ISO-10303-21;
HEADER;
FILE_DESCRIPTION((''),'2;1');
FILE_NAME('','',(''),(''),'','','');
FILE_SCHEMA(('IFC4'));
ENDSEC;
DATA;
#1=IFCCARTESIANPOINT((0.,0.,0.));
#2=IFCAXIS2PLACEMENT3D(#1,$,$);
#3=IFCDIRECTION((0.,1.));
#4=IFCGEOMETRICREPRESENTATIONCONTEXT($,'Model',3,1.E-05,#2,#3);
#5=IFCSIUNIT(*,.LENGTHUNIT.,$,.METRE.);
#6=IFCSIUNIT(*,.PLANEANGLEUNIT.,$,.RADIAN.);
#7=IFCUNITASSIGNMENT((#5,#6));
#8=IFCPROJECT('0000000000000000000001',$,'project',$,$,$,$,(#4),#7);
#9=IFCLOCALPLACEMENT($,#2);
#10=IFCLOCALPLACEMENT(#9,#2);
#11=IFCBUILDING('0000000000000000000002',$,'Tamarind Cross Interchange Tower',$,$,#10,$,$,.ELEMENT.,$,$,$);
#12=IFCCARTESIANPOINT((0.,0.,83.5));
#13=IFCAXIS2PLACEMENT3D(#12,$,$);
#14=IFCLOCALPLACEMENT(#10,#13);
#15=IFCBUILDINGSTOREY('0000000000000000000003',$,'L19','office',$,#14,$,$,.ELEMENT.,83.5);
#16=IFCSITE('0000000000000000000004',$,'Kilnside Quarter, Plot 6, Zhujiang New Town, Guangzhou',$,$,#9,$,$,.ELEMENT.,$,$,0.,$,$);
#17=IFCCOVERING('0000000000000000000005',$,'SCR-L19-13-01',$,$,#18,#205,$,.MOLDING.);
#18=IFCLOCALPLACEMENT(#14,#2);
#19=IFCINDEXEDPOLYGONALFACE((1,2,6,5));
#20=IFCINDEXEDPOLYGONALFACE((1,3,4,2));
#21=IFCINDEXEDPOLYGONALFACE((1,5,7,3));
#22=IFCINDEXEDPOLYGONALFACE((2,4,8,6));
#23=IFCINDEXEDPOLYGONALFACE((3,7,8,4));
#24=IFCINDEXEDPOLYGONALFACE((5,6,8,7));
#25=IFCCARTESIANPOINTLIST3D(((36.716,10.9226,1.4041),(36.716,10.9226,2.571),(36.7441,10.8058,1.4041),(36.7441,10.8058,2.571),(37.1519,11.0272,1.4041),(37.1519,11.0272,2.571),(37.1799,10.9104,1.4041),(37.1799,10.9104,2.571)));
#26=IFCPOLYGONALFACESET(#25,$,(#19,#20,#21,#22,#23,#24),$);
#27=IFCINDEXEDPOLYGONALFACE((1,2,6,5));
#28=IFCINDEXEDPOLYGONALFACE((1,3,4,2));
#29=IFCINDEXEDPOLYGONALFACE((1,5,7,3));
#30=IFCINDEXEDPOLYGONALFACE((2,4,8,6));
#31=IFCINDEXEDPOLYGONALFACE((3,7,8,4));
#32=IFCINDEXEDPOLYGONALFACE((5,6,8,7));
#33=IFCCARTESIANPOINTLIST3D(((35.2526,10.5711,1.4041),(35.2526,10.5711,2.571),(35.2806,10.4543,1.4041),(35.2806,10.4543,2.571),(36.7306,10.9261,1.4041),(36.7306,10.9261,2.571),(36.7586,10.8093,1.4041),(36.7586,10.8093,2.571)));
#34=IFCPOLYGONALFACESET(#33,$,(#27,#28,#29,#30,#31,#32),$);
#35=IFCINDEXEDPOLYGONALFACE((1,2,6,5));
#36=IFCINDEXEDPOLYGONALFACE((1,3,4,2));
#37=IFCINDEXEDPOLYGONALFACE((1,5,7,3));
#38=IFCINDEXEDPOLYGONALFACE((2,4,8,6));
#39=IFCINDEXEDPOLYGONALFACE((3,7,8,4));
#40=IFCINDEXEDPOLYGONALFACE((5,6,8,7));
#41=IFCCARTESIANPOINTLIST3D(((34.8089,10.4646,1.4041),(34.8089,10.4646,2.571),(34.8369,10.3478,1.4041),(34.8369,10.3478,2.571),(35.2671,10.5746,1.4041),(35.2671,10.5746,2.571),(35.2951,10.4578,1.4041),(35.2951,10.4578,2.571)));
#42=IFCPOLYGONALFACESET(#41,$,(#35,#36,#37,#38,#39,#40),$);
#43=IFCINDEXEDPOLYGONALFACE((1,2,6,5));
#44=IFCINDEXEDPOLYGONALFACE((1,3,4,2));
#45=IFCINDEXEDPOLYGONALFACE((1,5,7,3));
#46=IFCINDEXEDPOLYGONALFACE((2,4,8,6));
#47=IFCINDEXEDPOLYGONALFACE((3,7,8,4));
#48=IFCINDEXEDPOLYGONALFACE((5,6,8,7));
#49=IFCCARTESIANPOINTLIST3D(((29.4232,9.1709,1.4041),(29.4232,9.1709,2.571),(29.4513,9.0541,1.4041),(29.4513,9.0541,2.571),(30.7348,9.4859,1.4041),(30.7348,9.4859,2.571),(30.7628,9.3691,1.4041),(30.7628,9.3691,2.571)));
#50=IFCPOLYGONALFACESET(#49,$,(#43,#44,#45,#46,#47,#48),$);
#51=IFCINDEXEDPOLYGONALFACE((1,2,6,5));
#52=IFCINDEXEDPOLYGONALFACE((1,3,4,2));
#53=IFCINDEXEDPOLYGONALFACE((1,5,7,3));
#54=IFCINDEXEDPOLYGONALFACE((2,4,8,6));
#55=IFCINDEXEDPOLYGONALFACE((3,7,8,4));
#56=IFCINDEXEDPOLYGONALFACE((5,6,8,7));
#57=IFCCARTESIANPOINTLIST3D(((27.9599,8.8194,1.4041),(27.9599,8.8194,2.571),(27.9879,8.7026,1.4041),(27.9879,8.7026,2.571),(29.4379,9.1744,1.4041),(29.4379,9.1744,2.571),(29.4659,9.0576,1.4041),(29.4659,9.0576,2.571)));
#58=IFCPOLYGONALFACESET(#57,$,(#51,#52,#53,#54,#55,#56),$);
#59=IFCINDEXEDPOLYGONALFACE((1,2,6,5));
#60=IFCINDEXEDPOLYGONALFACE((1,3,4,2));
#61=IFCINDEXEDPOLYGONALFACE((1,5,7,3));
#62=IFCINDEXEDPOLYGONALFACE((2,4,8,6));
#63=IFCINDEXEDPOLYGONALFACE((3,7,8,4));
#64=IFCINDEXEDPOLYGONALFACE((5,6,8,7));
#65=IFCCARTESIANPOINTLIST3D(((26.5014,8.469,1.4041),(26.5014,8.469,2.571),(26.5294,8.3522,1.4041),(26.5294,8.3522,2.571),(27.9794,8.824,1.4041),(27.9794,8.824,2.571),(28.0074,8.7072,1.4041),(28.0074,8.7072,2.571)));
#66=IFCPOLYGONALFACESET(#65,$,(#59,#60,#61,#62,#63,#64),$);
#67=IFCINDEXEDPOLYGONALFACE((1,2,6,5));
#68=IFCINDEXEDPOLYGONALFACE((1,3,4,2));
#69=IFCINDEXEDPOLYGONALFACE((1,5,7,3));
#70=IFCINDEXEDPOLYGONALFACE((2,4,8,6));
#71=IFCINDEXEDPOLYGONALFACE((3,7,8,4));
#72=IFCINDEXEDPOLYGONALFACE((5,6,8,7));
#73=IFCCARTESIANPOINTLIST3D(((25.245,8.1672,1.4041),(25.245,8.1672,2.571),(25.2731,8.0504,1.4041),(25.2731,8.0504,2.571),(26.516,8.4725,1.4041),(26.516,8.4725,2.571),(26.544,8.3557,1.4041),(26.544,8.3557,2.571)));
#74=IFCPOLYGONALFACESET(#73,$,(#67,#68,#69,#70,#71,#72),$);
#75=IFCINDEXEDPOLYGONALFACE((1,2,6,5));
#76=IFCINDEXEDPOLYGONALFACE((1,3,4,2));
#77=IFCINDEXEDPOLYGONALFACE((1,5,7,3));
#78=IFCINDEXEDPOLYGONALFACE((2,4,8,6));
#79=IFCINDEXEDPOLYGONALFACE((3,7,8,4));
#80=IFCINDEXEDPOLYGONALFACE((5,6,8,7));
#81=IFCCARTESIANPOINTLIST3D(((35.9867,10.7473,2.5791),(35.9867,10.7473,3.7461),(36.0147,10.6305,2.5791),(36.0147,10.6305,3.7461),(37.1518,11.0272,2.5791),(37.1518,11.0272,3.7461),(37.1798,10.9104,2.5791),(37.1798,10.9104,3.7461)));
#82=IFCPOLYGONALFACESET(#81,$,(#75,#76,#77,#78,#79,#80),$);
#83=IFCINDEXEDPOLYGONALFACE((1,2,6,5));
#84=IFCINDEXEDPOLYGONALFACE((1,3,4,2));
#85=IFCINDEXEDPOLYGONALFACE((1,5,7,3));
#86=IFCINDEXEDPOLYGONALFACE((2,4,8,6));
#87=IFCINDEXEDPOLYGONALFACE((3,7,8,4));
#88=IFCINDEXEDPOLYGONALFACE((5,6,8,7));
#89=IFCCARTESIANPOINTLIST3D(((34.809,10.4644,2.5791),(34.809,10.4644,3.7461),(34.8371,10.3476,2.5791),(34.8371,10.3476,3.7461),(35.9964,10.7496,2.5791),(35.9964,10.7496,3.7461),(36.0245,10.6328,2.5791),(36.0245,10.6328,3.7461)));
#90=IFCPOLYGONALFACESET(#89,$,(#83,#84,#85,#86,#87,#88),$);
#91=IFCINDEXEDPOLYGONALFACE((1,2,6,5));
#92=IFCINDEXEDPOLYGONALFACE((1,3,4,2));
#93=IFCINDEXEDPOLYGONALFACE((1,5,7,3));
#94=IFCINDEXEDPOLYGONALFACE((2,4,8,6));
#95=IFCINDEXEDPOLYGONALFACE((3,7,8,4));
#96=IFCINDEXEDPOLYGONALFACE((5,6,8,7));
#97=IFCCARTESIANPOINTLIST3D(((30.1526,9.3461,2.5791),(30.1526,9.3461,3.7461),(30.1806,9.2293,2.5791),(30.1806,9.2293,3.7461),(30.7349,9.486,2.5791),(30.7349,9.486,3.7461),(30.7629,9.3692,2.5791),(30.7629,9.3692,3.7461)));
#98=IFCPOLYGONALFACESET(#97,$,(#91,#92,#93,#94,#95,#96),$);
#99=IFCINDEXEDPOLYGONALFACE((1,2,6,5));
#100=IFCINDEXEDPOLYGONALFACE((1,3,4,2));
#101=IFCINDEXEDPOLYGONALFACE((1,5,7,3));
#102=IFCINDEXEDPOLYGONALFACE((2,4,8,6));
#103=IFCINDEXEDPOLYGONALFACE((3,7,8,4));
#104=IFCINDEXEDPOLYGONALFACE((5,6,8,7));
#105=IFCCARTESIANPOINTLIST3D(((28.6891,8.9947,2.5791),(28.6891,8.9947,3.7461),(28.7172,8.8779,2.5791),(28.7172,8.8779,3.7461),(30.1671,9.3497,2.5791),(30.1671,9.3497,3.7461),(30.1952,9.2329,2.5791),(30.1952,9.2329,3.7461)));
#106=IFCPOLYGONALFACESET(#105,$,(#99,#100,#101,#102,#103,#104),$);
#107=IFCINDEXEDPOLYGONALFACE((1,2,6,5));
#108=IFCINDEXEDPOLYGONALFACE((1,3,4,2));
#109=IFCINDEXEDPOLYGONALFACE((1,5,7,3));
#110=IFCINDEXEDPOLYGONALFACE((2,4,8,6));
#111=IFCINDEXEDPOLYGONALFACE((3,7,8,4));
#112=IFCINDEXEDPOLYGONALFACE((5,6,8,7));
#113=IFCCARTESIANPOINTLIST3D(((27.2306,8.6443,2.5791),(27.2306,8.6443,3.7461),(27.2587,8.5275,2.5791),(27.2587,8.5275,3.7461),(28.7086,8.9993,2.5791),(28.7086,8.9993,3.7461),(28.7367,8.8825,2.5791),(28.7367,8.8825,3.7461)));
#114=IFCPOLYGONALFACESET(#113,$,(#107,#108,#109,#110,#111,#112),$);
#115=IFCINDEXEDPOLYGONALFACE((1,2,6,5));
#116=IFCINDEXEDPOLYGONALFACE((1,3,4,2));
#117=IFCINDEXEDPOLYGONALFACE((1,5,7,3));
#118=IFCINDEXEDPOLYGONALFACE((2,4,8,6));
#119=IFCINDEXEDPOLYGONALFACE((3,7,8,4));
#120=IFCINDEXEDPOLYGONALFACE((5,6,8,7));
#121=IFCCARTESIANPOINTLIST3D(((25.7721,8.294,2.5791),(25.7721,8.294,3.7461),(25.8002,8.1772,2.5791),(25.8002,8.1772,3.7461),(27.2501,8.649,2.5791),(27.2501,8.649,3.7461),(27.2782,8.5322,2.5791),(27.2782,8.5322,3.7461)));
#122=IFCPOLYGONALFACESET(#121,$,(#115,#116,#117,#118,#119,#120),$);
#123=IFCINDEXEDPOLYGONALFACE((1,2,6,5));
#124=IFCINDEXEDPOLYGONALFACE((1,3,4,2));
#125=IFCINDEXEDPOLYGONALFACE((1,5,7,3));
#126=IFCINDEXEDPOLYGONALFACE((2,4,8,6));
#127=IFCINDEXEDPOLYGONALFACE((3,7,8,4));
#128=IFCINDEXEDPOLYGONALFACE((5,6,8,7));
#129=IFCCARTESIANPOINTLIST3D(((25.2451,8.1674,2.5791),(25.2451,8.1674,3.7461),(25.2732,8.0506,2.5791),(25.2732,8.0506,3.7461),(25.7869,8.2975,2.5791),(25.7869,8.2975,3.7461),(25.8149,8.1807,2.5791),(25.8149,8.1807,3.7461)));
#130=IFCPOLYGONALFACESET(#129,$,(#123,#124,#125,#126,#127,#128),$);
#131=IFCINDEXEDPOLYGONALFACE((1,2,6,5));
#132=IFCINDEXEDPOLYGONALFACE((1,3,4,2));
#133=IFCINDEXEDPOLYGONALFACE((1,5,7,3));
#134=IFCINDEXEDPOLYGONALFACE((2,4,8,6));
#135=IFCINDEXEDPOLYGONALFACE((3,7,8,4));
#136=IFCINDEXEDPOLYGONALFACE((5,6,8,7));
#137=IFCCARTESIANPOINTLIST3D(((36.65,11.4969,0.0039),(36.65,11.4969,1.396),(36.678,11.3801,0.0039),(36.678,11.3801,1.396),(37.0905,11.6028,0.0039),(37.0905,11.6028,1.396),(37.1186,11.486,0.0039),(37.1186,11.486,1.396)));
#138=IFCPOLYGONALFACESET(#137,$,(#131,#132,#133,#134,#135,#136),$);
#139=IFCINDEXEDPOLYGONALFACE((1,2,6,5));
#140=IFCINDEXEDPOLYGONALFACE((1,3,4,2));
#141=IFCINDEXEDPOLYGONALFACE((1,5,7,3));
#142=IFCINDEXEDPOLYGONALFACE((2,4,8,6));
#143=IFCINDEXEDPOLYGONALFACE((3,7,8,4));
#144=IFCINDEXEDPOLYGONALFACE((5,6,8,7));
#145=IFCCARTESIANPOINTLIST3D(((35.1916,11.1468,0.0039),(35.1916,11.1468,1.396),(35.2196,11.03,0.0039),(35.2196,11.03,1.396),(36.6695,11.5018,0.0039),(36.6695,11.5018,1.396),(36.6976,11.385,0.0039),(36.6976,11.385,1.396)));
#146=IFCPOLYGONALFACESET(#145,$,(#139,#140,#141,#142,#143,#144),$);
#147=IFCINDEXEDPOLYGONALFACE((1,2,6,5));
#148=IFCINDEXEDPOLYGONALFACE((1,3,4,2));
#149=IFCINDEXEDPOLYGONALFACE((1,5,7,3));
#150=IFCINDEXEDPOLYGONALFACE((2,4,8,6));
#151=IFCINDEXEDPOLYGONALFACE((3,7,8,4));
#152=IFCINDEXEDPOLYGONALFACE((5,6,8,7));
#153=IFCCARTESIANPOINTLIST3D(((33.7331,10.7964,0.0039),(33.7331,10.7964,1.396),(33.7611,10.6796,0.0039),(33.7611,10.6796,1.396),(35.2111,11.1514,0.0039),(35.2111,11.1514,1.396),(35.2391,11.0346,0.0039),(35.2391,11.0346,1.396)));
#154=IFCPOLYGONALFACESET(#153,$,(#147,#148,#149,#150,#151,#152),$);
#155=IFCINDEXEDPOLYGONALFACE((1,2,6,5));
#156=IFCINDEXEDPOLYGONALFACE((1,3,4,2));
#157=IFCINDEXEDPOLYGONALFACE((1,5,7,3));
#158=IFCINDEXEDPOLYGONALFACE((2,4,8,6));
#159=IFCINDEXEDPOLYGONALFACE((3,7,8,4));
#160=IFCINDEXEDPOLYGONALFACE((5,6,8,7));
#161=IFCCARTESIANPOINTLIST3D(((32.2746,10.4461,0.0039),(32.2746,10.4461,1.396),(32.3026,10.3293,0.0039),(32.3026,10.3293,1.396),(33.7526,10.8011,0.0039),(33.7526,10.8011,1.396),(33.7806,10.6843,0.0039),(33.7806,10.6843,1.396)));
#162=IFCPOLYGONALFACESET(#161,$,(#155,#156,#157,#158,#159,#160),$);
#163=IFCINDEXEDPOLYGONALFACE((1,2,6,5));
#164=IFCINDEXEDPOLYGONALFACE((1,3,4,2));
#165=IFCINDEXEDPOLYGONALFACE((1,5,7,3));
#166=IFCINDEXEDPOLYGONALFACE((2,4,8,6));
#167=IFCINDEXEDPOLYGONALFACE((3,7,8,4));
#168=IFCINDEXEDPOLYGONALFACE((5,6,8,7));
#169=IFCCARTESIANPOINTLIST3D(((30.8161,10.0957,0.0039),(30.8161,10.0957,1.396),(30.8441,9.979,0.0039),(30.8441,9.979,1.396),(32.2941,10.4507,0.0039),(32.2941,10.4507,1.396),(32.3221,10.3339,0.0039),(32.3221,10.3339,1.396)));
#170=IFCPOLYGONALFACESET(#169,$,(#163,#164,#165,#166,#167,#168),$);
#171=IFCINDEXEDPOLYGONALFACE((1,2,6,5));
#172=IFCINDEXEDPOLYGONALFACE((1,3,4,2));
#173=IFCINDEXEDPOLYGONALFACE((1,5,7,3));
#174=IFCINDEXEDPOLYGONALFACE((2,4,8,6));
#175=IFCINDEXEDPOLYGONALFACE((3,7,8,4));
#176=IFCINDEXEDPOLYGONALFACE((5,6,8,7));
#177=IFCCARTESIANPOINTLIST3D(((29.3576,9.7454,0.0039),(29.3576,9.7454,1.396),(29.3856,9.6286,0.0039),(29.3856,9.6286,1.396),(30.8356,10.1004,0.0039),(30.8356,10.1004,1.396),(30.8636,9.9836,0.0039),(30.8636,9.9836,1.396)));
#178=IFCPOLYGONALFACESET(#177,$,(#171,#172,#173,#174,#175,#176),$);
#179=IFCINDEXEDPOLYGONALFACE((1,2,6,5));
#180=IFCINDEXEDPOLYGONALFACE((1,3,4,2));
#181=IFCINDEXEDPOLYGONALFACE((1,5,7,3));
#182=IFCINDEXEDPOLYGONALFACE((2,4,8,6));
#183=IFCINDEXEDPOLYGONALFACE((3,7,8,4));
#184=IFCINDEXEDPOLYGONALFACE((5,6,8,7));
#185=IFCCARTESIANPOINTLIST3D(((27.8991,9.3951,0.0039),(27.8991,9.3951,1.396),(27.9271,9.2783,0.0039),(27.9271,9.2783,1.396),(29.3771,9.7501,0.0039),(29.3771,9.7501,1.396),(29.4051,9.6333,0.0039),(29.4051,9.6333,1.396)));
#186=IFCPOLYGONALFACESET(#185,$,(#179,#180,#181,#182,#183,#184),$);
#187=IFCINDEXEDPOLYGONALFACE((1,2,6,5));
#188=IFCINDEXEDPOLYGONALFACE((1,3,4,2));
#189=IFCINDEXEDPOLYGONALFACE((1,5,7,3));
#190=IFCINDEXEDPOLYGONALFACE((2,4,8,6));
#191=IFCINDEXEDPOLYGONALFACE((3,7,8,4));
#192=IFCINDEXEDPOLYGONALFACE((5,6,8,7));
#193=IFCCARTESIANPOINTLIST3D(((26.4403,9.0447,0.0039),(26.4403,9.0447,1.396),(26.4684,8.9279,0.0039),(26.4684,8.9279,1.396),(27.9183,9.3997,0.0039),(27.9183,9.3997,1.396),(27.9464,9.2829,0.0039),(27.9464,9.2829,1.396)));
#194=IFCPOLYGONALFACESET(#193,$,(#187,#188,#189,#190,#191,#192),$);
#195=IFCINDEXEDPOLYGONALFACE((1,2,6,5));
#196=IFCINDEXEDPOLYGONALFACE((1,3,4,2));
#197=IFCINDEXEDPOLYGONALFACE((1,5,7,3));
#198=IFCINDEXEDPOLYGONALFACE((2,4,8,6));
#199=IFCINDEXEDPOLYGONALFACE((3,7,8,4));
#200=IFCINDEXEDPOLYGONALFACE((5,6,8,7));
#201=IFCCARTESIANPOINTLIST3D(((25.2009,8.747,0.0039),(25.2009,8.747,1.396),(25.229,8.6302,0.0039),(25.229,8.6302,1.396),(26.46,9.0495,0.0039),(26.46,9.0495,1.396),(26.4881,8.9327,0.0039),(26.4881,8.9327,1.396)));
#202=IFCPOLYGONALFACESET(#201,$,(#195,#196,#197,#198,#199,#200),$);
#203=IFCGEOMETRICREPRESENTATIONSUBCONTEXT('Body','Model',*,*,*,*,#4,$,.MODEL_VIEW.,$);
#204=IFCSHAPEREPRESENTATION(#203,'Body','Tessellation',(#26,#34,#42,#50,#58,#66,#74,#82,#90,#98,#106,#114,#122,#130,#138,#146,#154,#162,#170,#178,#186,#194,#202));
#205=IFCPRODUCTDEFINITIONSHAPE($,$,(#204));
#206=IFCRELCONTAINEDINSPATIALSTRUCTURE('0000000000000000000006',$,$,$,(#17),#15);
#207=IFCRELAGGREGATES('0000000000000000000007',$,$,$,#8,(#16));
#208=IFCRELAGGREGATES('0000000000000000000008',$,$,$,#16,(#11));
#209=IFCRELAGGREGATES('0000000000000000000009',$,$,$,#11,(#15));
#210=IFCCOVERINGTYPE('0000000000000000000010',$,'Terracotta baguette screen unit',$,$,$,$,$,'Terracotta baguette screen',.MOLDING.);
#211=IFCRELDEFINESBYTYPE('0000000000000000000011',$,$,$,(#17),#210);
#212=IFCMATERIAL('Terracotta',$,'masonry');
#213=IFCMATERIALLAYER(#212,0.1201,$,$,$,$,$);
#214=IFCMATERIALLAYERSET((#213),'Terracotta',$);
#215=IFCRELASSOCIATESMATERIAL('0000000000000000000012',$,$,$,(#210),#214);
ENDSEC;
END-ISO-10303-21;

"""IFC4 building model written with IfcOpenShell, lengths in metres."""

from ifc_helpers import new_model, si_unit, direction, frame, origin, origin_2d, place, context, subcontext, project, spatial, rectangle, extrude, material, layer, layer_set, type_object, element, save


model = new_model("IFC4")

# Units and contexts
model_context = context("Model", 3, precision=1e-05, world=origin(), true_north=direction((0.0, 1.0)))
body_context = subcontext(model_context, "Body", "Model", "MODEL_VIEW")
ifc_project = project(units=[si_unit("LENGTHUNIT", "METRE"), si_unit("PLANEANGLEUNIT", "RADIAN")], contexts=[model_context])

# Site, building, storey
site_placement = place(None, origin())
site = spatial("IfcSite", under=ifc_project, at=site_placement, Name="Kilnside Quarter, Plot 6, Zhujiang New Town, Guangzhou", CompositionType="ELEMENT", RefElevation=0.0)
building_placement = place(site_placement, origin())
building = spatial("IfcBuilding", under=site, at=building_placement, Name="Tamarind Cross Interchange Tower", CompositionType="ELEMENT")
storey_placement = place(building_placement, frame((0.0, 0.0, 83.5)))
storey = spatial("IfcBuildingStorey", under=building, at=storey_placement, Name="L19", Description="office", CompositionType="ELEMENT", Elevation=83.5)

# Covering
ifc_material_1 = material(Name="Terracotta", Category="masonry")
ifc_layer_1 = layer(ifc_material_1, 0.1201)
ifc_layer_set_1 = layer_set([ifc_layer_1], Name="Terracotta")
covering_type = type_object("IfcCoveringType", Name="Terracotta baguette screen unit", ElementType="Terracotta baguette screen", PredefinedType="MOLDING", material=ifc_layer_set_1)
covering_1_placement = place(storey_placement, origin())
element("IfcCovering", 1, at=covering_1_placement, inside=storey, type_object=covering_type, Name="SCR-L19-13-01", PredefinedType="MOLDING", context=body_context, shape_type="SweptSolid", body=[
    extrude(rectangle(XDim=0.4482, YDim=0.1201, at=origin_2d()), frame((36.948, 10.9165, 1.4041), z_axis=(0.0, 0.0, 1.0), x_axis=(-0.972346, -0.233544, 0.0)), (0.0, 0.0, 1.0), 1.167),
    extrude(rectangle(XDim=1.52, YDim=0.1201, at=origin_2d()), frame((36.0056, 10.6902, 1.4041), z_axis=(0.0, 0.0, 1.0), x_axis=(-0.972346, -0.233544, 0.0)), (0.0, 0.0, 1.0), 1.167),
    extrude(rectangle(XDim=0.4712, YDim=0.1201, at=origin_2d()), frame((35.052, 10.4612, 1.4041), z_axis=(0.0, 0.0, 1.0), x_axis=(-0.972346, -0.233544, 0.0)), (0.0, 0.0, 1.0), 1.167),
    extrude(rectangle(XDim=1.3489, YDim=0.1201, at=origin_2d()), frame((30.093, 9.27, 1.4041), z_axis=(0.0, 0.0, 1.0), x_axis=(-0.972346, -0.233544, 0.0)), (0.0, 0.0, 1.0), 1.167),
    extrude(rectangle(XDim=1.52, YDim=0.1201, at=origin_2d()), frame((28.7129, 8.9385, 1.4041), z_axis=(0.0, 0.0, 1.0), x_axis=(-0.972346, -0.233544, 0.0)), (0.0, 0.0, 1.0), 1.167),
    extrude(rectangle(XDim=1.52, YDim=0.1201, at=origin_2d()), frame((27.2544, 8.5881, 1.4041), z_axis=(0.0, 0.0, 1.0), x_axis=(-0.972346, -0.233544, 0.0)), (0.0, 0.0, 1.0), 1.167),
    extrude(rectangle(XDim=1.3071, YDim=0.1201, at=origin_2d()), frame((25.8945, 8.2615, 1.4041), z_axis=(0.0, 0.0, 1.0), x_axis=(-0.972346, -0.233544, 0.0)), (0.0, 0.0, 1.0), 1.167),
    extrude(rectangle(XDim=1.1982, YDim=0.1201, at=origin_2d()), frame((36.5833, 10.8289, 2.5791), z_axis=(0.0, 0.0, 1.0), x_axis=(-0.972346, -0.233544, 0.0)), (0.0, 0.0, 1.0), 1.167),
    extrude(rectangle(XDim=1.2212, YDim=0.1201, at=origin_2d()), frame((35.4167, 10.5486, 2.5791), z_axis=(0.0, 0.0, 1.0), x_axis=(-0.972346, -0.233544, 0.0)), (0.0, 0.0, 1.0), 1.167),
    extrude(rectangle(XDim=0.5989, YDim=0.1201, at=origin_2d()), frame((30.4578, 9.3577, 2.5791), z_axis=(0.0, 0.0, 1.0), x_axis=(-0.972346, -0.233544, 0.0)), (0.0, 0.0, 1.0), 1.167),
    extrude(rectangle(XDim=1.52, YDim=0.1201, at=origin_2d()), frame((29.4421, 9.1138, 2.5791), z_axis=(0.0, 0.0, 1.0), x_axis=(-0.972346, -0.233544, 0.0)), (0.0, 0.0, 1.0), 1.167),
    extrude(rectangle(XDim=1.52, YDim=0.1201, at=origin_2d()), frame((27.9836, 8.7634, 2.5791), z_axis=(0.0, 0.0, 1.0), x_axis=(-0.972346, -0.233544, 0.0)), (0.0, 0.0, 1.0), 1.167),
    extrude(rectangle(XDim=1.52, YDim=0.1201, at=origin_2d()), frame((26.5251, 8.4131, 2.5791), z_axis=(0.0, 0.0, 1.0), x_axis=(-0.972346, -0.233544, 0.0)), (0.0, 0.0, 1.0), 1.167),
    extrude(rectangle(XDim=0.5571, YDim=0.1201, at=origin_2d()), frame((25.53, 8.1741, 2.5791), z_axis=(0.0, 0.0, 1.0), x_axis=(-0.972346, -0.233544, 0.0)), (0.0, 0.0, 1.0), 1.167),
    extrude(rectangle(XDim=0.4531, YDim=0.1201, at=origin_2d()), frame((36.8843, 11.4915, 0.0039), z_axis=(0.0, 0.0, 1.0), x_axis=(-0.972346, -0.233544, 0.0)), (0.0, 0.0, 1.0), 1.3921),
    extrude(rectangle(XDim=1.52, YDim=0.1201, at=origin_2d()), frame((35.9446, 11.2659, 0.0039), z_axis=(0.0, 0.0, 1.0), x_axis=(-0.972346, -0.233544, 0.0)), (0.0, 0.0, 1.0), 1.3921),
    extrude(rectangle(XDim=1.52, YDim=0.1201, at=origin_2d()), frame((34.4861, 10.9155, 0.0039), z_axis=(0.0, 0.0, 1.0), x_axis=(-0.972346, -0.233544, 0.0)), (0.0, 0.0, 1.0), 1.3921),
    extrude(rectangle(XDim=1.52, YDim=0.1201, at=origin_2d()), frame((33.0276, 10.5652, 0.0039), z_axis=(0.0, 0.0, 1.0), x_axis=(-0.972346, -0.233544, 0.0)), (0.0, 0.0, 1.0), 1.3921),
    extrude(rectangle(XDim=1.52, YDim=0.1201, at=origin_2d()), frame((31.5691, 10.2148, 0.0039), z_axis=(0.0, 0.0, 1.0), x_axis=(-0.972346, -0.233544, 0.0)), (0.0, 0.0, 1.0), 1.3921),
    extrude(rectangle(XDim=1.52, YDim=0.1201, at=origin_2d()), frame((30.1106, 9.8645, 0.0039), z_axis=(0.0, 0.0, 1.0), x_axis=(-0.972346, -0.233544, 0.0)), (0.0, 0.0, 1.0), 1.3921),
    extrude(rectangle(XDim=1.52, YDim=0.1201, at=origin_2d()), frame((28.6521, 9.5142, 0.0039), z_axis=(0.0, 0.0, 1.0), x_axis=(-0.972346, -0.233544, 0.0)), (0.0, 0.0, 1.0), 1.3921),
    extrude(rectangle(XDim=1.52, YDim=0.1201, at=origin_2d()), frame((27.1934, 9.1638, 0.0039), z_axis=(0.0, 0.0, 1.0), x_axis=(-0.972346, -0.233544, 0.0)), (0.0, 0.0, 1.0), 1.3921),
    extrude(rectangle(XDim=1.2949, YDim=0.1201, at=origin_2d()), frame((25.8445, 8.8398, 0.0039), z_axis=(0.0, 0.0, 1.0), x_axis=(-0.972346, -0.233544, 0.0)), (0.0, 0.0, 1.0), 1.3921),
])

save(model, "model.ifc")
